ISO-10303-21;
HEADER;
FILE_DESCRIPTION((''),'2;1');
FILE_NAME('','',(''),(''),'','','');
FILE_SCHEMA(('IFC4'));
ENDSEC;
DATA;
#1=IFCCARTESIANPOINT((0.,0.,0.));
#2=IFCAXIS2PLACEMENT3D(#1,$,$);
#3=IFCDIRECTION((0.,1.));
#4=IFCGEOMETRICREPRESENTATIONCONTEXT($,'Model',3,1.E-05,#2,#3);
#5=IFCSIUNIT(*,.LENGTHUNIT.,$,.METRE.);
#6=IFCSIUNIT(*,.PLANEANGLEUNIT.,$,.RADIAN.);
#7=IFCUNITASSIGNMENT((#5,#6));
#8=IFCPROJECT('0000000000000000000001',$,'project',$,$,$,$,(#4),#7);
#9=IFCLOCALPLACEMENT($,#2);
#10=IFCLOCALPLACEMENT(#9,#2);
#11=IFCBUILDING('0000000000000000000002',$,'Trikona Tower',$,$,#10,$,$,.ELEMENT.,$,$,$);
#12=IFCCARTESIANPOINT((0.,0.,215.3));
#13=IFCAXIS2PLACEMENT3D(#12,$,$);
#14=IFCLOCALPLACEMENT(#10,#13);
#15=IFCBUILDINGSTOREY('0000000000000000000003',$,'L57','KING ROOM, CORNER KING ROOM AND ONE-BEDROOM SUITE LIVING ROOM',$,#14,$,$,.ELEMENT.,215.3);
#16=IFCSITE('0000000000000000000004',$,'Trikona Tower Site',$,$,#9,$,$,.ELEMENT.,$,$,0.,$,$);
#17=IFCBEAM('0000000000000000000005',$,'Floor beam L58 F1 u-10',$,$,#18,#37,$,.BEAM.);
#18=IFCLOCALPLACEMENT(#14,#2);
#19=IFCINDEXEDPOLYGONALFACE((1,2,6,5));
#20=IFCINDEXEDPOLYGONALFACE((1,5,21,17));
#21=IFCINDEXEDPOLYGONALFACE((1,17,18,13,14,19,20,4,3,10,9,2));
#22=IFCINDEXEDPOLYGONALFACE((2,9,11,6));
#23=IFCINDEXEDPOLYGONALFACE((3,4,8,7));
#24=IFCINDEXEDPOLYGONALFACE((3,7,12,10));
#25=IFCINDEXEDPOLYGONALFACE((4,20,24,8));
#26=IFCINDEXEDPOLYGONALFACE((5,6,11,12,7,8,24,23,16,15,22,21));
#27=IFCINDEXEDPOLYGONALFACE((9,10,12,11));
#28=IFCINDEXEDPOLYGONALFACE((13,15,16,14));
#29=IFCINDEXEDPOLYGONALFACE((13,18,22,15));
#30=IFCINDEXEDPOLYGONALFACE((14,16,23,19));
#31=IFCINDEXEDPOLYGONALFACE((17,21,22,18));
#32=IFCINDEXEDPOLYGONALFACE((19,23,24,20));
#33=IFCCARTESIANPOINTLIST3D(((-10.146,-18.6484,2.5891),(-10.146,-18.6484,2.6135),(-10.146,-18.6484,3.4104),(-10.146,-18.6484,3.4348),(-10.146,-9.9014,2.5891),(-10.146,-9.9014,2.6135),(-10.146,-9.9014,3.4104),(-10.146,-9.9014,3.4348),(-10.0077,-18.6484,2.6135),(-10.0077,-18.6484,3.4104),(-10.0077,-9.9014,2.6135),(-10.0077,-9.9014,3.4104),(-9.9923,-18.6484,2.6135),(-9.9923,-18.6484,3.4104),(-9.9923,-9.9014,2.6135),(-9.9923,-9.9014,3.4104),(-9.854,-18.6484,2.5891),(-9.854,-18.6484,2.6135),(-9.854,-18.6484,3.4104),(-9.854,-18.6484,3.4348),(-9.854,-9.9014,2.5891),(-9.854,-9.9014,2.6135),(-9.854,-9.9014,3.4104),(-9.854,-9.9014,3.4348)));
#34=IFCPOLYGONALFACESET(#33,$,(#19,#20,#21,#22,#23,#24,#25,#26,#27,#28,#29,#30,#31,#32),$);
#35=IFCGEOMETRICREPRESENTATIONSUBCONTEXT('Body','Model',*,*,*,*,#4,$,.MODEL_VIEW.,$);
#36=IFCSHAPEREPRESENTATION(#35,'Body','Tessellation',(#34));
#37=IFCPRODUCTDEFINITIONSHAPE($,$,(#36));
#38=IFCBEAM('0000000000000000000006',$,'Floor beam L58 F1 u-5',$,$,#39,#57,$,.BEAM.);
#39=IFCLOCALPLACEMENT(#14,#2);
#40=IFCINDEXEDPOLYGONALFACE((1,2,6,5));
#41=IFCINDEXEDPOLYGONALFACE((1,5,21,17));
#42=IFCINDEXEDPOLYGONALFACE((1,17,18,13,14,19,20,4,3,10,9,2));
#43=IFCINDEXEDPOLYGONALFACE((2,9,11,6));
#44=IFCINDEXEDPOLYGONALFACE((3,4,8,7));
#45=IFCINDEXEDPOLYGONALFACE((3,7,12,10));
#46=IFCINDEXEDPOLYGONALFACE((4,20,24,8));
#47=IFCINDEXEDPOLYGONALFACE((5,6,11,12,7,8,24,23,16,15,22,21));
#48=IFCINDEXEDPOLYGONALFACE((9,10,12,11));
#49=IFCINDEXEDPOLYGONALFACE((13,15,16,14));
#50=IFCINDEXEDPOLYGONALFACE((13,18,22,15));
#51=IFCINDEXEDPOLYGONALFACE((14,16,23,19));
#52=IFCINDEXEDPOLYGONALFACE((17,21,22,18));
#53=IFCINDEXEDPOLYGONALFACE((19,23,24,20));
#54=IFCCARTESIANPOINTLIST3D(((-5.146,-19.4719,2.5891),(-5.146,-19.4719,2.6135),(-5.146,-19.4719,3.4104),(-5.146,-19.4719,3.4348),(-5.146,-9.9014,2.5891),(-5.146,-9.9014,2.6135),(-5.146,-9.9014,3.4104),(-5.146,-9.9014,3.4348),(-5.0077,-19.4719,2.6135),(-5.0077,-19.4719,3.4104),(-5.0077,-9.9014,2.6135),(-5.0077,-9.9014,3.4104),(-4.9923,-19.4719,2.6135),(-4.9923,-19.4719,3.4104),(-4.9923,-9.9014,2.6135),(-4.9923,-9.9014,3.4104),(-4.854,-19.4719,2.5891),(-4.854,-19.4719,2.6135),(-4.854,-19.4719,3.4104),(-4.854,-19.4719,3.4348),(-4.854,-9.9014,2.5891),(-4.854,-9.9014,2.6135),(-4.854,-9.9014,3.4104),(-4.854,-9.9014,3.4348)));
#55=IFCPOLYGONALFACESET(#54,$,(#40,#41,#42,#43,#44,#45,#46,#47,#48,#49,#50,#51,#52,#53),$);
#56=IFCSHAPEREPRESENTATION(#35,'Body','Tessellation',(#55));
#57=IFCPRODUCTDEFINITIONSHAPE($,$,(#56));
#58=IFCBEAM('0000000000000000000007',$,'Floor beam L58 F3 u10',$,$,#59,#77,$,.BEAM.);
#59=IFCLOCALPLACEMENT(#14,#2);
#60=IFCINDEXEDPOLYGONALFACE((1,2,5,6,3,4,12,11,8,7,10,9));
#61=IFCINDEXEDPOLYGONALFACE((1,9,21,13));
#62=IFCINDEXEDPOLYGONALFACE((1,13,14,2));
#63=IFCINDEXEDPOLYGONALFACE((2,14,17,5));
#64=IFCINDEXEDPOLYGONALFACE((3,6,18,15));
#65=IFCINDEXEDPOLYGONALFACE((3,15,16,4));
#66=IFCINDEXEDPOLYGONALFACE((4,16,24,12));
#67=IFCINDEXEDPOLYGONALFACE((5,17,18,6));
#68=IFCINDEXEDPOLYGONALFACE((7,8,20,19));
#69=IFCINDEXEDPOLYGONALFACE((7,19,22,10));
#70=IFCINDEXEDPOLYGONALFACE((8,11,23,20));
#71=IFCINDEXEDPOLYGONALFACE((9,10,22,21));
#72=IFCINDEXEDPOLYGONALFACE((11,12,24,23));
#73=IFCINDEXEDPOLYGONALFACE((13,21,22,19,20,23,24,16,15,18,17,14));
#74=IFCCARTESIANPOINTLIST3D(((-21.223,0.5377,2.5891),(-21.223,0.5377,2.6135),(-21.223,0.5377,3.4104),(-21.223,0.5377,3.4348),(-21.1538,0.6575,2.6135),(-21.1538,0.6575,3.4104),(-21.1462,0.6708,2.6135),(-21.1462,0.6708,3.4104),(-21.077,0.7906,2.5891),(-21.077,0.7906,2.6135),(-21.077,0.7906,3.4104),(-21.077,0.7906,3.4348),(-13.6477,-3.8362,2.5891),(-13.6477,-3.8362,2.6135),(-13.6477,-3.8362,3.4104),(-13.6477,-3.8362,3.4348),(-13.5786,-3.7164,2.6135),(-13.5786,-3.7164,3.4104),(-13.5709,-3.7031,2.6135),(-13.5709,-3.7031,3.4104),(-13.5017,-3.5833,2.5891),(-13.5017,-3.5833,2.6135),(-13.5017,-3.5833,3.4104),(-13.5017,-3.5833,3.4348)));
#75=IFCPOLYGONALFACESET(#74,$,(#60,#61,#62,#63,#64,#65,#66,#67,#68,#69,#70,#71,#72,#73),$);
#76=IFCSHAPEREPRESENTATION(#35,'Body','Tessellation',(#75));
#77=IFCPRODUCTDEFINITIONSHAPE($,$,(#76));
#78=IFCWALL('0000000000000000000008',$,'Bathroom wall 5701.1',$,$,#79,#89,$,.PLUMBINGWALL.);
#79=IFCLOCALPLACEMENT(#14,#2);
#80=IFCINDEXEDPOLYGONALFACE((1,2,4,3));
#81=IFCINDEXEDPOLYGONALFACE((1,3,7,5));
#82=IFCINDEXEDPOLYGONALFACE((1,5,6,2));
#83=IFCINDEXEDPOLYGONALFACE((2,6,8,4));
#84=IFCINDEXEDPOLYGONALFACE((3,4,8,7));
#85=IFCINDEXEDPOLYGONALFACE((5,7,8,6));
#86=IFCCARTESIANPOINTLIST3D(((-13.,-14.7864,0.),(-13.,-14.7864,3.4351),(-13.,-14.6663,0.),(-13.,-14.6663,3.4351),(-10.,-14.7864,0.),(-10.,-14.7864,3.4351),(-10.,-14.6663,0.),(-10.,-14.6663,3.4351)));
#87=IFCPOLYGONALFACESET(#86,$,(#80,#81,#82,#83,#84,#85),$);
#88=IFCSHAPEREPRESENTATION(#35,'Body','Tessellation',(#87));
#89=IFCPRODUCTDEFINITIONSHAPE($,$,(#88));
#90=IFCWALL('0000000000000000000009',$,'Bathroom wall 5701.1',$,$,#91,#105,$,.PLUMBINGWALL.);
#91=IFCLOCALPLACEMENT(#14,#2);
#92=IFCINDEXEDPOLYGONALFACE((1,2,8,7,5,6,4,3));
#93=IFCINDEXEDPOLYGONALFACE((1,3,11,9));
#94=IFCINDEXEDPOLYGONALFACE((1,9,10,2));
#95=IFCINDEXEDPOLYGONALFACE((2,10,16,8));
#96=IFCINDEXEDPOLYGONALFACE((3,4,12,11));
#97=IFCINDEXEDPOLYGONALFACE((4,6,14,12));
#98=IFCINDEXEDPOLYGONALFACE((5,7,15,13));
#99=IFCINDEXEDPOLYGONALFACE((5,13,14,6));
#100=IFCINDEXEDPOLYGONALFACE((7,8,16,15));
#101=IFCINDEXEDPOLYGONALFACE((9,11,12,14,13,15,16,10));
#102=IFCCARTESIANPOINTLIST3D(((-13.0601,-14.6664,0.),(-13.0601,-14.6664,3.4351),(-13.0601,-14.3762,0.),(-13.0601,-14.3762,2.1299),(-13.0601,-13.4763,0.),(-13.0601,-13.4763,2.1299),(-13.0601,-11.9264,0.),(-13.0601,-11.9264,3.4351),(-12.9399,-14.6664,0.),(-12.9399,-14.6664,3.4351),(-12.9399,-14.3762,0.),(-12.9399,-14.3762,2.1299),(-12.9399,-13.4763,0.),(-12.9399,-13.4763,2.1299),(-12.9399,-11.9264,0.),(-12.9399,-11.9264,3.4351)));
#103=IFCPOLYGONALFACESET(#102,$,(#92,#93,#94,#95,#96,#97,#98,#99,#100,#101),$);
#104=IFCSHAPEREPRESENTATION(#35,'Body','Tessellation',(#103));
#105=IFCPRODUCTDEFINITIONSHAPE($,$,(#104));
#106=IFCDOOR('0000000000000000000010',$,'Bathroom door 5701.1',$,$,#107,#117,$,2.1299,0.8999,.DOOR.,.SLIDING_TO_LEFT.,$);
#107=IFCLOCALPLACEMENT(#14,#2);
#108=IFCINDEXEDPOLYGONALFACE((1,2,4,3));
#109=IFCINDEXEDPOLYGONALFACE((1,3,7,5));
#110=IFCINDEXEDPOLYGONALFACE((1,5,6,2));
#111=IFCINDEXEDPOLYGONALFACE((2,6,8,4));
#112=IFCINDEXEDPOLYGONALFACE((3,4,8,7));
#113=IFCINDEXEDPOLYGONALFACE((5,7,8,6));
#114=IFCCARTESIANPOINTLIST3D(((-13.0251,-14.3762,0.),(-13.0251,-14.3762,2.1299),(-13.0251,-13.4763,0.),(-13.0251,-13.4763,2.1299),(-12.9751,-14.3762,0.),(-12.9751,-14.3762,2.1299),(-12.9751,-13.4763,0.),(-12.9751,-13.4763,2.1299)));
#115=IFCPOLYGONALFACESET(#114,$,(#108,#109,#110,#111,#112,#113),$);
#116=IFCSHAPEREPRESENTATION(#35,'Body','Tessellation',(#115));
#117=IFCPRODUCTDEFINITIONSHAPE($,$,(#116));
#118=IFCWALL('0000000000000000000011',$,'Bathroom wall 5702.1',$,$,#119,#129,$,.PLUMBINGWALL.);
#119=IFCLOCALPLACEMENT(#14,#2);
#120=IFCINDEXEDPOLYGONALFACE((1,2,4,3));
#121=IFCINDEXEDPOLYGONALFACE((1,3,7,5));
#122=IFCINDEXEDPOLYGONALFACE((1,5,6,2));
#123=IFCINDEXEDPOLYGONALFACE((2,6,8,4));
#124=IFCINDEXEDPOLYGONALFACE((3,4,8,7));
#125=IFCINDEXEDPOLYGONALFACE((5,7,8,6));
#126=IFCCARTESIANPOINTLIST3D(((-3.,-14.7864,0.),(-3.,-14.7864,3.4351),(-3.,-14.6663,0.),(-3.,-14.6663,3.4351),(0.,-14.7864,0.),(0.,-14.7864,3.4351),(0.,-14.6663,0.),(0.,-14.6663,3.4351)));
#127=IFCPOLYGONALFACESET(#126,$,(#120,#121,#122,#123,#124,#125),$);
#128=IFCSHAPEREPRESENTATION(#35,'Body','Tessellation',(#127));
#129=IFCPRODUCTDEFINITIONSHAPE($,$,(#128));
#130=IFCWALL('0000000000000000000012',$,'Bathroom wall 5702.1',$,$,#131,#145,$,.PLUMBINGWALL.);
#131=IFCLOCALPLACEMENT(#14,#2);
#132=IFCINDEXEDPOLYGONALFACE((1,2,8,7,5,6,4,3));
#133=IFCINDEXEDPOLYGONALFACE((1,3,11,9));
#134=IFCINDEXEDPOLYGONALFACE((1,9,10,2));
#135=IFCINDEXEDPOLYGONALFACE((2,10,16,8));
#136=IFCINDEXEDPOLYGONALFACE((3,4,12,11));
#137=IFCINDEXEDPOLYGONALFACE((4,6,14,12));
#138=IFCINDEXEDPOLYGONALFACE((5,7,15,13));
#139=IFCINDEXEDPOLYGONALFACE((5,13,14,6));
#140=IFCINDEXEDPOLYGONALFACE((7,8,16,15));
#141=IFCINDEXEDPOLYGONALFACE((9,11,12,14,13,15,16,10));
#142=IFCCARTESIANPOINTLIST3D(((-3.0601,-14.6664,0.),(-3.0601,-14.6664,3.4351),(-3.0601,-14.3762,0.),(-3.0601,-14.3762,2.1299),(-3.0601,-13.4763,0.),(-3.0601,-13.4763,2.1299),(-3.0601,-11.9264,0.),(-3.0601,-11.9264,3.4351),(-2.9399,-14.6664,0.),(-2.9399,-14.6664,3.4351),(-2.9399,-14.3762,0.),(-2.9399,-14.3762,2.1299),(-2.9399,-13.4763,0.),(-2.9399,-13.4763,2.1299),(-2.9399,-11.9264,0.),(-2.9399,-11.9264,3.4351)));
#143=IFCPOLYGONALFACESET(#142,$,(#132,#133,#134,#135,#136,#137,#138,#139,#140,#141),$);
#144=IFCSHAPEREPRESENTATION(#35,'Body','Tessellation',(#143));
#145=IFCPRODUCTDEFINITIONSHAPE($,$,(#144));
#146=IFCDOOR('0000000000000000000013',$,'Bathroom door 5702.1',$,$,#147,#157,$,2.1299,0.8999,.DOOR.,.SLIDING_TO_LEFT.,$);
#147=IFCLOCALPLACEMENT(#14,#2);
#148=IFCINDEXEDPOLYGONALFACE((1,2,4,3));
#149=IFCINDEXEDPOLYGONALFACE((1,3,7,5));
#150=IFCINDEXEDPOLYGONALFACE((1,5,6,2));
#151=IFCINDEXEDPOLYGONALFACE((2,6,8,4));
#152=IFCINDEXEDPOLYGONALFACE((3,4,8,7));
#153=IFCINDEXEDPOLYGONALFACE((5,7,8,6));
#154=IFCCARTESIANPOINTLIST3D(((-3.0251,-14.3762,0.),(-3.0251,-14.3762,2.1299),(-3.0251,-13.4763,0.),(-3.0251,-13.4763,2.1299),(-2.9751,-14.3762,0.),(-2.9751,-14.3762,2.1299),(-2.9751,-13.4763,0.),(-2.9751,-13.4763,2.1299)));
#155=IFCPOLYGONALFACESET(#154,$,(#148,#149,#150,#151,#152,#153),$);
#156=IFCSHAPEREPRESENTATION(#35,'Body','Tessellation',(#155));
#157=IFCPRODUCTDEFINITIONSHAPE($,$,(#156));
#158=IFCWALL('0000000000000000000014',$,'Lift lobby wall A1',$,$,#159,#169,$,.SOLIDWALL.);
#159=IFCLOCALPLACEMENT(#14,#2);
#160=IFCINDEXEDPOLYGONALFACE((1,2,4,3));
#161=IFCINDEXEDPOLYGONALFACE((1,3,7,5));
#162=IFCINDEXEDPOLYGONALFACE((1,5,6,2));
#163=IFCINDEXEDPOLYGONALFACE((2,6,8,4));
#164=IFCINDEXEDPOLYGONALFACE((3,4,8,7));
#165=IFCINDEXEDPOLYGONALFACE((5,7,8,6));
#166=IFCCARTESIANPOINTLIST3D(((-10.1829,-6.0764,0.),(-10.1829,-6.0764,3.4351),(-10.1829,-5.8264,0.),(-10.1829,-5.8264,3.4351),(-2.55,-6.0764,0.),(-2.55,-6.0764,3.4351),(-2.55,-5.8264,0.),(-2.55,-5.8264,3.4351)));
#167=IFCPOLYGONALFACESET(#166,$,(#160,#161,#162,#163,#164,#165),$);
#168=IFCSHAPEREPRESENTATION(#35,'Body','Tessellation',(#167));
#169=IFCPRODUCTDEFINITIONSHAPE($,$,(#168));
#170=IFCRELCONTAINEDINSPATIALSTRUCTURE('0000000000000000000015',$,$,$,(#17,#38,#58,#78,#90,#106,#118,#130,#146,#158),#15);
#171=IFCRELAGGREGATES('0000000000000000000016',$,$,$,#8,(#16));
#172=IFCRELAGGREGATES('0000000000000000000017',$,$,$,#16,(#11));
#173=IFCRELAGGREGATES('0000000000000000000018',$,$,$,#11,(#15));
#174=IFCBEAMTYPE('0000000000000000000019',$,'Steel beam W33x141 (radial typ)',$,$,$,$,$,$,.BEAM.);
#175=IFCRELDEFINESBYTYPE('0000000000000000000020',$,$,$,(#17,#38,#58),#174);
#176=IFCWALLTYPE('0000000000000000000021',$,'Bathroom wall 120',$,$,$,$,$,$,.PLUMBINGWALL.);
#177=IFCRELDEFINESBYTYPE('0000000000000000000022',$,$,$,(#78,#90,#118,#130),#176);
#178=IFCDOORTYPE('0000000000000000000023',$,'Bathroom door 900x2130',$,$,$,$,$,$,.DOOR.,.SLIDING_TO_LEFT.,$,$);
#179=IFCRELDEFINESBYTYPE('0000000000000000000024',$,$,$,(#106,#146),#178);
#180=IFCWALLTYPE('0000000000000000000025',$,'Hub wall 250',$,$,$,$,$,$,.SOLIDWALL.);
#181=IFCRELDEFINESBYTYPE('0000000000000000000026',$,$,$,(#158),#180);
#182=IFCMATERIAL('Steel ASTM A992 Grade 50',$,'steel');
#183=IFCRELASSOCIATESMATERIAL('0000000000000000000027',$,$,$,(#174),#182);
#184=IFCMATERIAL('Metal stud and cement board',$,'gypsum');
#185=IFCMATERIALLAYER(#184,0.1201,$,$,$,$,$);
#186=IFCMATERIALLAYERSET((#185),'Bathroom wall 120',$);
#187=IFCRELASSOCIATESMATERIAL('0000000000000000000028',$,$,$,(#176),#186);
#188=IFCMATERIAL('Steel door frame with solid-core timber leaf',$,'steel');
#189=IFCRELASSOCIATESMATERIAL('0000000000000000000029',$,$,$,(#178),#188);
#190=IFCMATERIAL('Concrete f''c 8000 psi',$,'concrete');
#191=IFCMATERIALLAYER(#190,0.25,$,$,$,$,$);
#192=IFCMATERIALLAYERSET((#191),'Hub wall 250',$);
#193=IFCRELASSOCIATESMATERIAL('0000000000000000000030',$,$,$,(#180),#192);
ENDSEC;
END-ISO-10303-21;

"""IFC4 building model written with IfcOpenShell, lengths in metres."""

from ifc_helpers import new_model, si_unit, direction, frame, frame_2d, origin, origin_2d, place, context, subcontext, project, spatial, rectangle, i_section, extrude, material, layer, layer_set, material_profile, profile_set, type_object, element, fill, save


model = new_model("IFC4")

# Units and contexts
model_context = context("Model", 3, precision=1e-05, world=origin(), true_north=direction((0.0, 1.0)))
body_context = subcontext(model_context, "Body", "Model", "MODEL_VIEW")
ifc_project = project(units=[si_unit("LENGTHUNIT", "METRE"), si_unit("PLANEANGLEUNIT", "RADIAN")], contexts=[model_context])

# Site, building, storey
site_placement = place(None, origin())
site = spatial("IfcSite", under=ifc_project, at=site_placement, Name="Trikona Tower Site", CompositionType="ELEMENT", RefElevation=0.0)
building_placement = place(site_placement, origin())
building = spatial("IfcBuilding", under=site, at=building_placement, Name="Trikona Tower", CompositionType="ELEMENT")
storey_placement = place(building_placement, frame((0.0, 0.0, 215.3)))
storey = spatial("IfcBuildingStorey", under=building, at=storey_placement, Name="L57", Description="KING ROOM, CORNER KING ROOM AND ONE-BEDROOM SUITE LIVING ROOM", CompositionType="ELEMENT", Elevation=215.3)

# Beams
ifc_material_1 = material(Name="Steel ASTM A992 Grade 50", Category="steel")
ifc_material_profile = material_profile(ifc_material_1, i_section(OverallWidth=0.292, OverallDepth=0.8457, WebThickness=0.0154, FlangeThickness=0.0244, at=origin_2d()), Name="W33X141")
ifc_profile_set = profile_set([ifc_material_profile], Name="Steel ASTM A992 Grade 50")
beam_type = type_object("IfcBeamType", Name="Steel beam W33x141 (radial typ)", PredefinedType="BEAM", material=ifc_profile_set)
beam_1_placement = place(storey_placement, frame((-10.0, -9.9014, 3.012), z_axis=(0.0, -1.0, 0.0), x_axis=(1.0, 0.0, 0.0)))
element("IfcBeam", 1, at=beam_1_placement, inside=storey, type_object=beam_type, Name="Floor beam L58 F1 u-10", PredefinedType="BEAM", context=body_context, shape_type="SweptSolid", body=[
    extrude(i_section(OverallWidth=0.292, OverallDepth=0.8457, WebThickness=0.0154, FlangeThickness=0.0244, at=origin_2d()), origin(), (0.0, 0.0, 1.0), 8.7471),
])
beam_2_placement = place(storey_placement, frame((-5.0, -9.9014, 3.012), z_axis=(0.0, -1.0, 0.0), x_axis=(1.0, 0.0, 0.0)))
element("IfcBeam", 2, at=beam_2_placement, inside=storey, type_object=beam_type, Name="Floor beam L58 F1 u-5", PredefinedType="BEAM", context=body_context, shape_type="SweptSolid", body=[
    extrude(i_section(OverallWidth=0.292, OverallDepth=0.8457, WebThickness=0.0154, FlangeThickness=0.0244, at=origin_2d()), origin(), (0.0, 0.0, 1.0), 9.5706),
])
beam_3_placement = place(storey_placement, frame((-13.5747, -3.7097, 3.012), z_axis=(-0.866014, 0.50002, 0.0), x_axis=(-0.50002, -0.866014, 0.0)))
element("IfcBeam", 3, at=beam_3_placement, inside=storey, type_object=beam_type, Name="Floor beam L58 F3 u10", PredefinedType="BEAM", context=body_context, shape_type="SweptSolid", body=[
    extrude(i_section(OverallWidth=0.292, OverallDepth=0.8457, WebThickness=0.0154, FlangeThickness=0.0244, at=origin_2d()), origin(), (0.0, 0.0, 1.0), 8.7473),
])

# Wall
ifc_material_2 = material(Name="Metal stud and cement board", Category="gypsum")
ifc_layer_1 = layer(ifc_material_2, 0.1201)
ifc_layer_set_1 = layer_set([ifc_layer_1], Name="Bathroom wall 120")
wall_type_1 = type_object("IfcWallType", Name="Bathroom wall 120", PredefinedType="PLUMBINGWALL", material=ifc_layer_set_1)
wall_1_placement = place(storey_placement, frame((-13.0, -14.7263, 0.0), z_axis=(0.0, 0.0, 1.0), x_axis=(1.0, 0.0, 0.0)))
element("IfcWall", 4, at=wall_1_placement, inside=storey, type_object=wall_type_1, Name="Bathroom wall 5701.1", PredefinedType="PLUMBINGWALL", context=body_context, shape_type="SweptSolid", body=[
    extrude(rectangle(XDim=3.0, YDim=0.1201, at=frame_2d((1.5, 0.0))), origin(), (0.0, 0.0, 1.0), 3.4351),
])

# Wall, opening, door
wall_2_placement = place(storey_placement, frame((-13.0, -11.9263, 0.0), z_axis=(0.0, 0.0, 1.0), x_axis=(0.0, -1.0, 0.0)))
wall_2 = element("IfcWall", 5, at=wall_2_placement, inside=storey, type_object=wall_type_1, Name="Bathroom wall 5701.1", PredefinedType="PLUMBINGWALL", context=body_context, shape_type="SweptSolid", body=[
    extrude(rectangle(XDim=2.74, YDim=0.1201, at=frame_2d((1.3701, 0.0))), origin(), (0.0, 0.0, 1.0), 3.4351),
])
opening_1_placement = place(wall_2_placement, frame((1.55, 0.0, 0.0)))
opening_1 = element("IfcOpeningElement", 6, at=opening_1_placement, cuts=wall_2, PredefinedType="OPENING", context=body_context, shape_type="SweptSolid", body=[
    extrude(rectangle(XDim=0.8999, YDim=2.1299, at=frame_2d((0.45, 1.0649))), frame((0.0, 0.0701, 0.0), z_axis=(0.0, -1.0, 0.0), x_axis=(1.0, 0.0, 0.0)), (0.0, 0.0, 1.0), 0.1401),
])
ifc_material_3 = material(Name="Steel door frame with solid-core timber leaf", Category="steel")
door_type_1 = type_object("IfcDoorType", Name="Bathroom door 900x2130", OperationType="SLIDING_TO_LEFT", PredefinedType="DOOR", material=ifc_material_3)
door_1_placement = place(opening_1_placement, origin())
door_1 = element("IfcDoor", 7, at=door_1_placement, inside=storey, type_object=door_type_1, Name="Bathroom door 5701.1", OperationType="SLIDING_TO_LEFT", OverallHeight=2.1299, OverallWidth=0.8999, PredefinedType="DOOR", context=body_context, shape_type="SweptSolid", body=[
    extrude(rectangle(XDim=0.8999, YDim=2.1299, at=frame_2d((0.45, 1.0649))), frame((0.0, 0.0249, 0.0), z_axis=(0.0, -1.0, 0.0), x_axis=(1.0, 0.0, 0.0)), (0.0, 0.0, 1.0), 0.05),
])
fill(opening_1, door_1)

# Wall
wall_3_placement = place(storey_placement, frame((-3.0, -14.7263, 0.0), z_axis=(0.0, 0.0, 1.0), x_axis=(1.0, 0.0, 0.0)))
element("IfcWall", 8, at=wall_3_placement, inside=storey, type_object=wall_type_1, Name="Bathroom wall 5702.1", PredefinedType="PLUMBINGWALL", context=body_context, shape_type="SweptSolid", body=[
    extrude(rectangle(XDim=3.0, YDim=0.1201, at=frame_2d((1.5, 0.0))), origin(), (0.0, 0.0, 1.0), 3.4351),
])

# Wall, opening, door
wall_4_placement = place(storey_placement, frame((-3.0, -11.9263, 0.0), z_axis=(0.0, 0.0, 1.0), x_axis=(0.0, -1.0, 0.0)))
wall_4 = element("IfcWall", 9, at=wall_4_placement, inside=storey, type_object=wall_type_1, Name="Bathroom wall 5702.1", PredefinedType="PLUMBINGWALL", context=body_context, shape_type="SweptSolid", body=[
    extrude(rectangle(XDim=2.74, YDim=0.1201, at=frame_2d((1.3701, 0.0))), origin(), (0.0, 0.0, 1.0), 3.4351),
])
opening_2_placement = place(wall_4_placement, frame((1.55, 0.0, 0.0)))
opening_2 = element("IfcOpeningElement", 10, at=opening_2_placement, cuts=wall_4, PredefinedType="OPENING", context=body_context, shape_type="SweptSolid", body=[
    extrude(rectangle(XDim=0.8999, YDim=2.1299, at=frame_2d((0.45, 1.0649))), frame((0.0, 0.0701, 0.0), z_axis=(0.0, -1.0, 0.0), x_axis=(1.0, 0.0, 0.0)), (0.0, 0.0, 1.0), 0.1401),
])
door_2_placement = place(opening_2_placement, origin())
door_2 = element("IfcDoor", 11, at=door_2_placement, inside=storey, type_object=door_type_1, Name="Bathroom door 5702.1", OperationType="SLIDING_TO_LEFT", OverallHeight=2.1299, OverallWidth=0.8999, PredefinedType="DOOR", context=body_context, shape_type="SweptSolid", body=[
    extrude(rectangle(XDim=0.8999, YDim=2.1299, at=frame_2d((0.45, 1.0649))), frame((0.0, 0.0249, 0.0), z_axis=(0.0, -1.0, 0.0), x_axis=(1.0, 0.0, 0.0)), (0.0, 0.0, 1.0), 0.05),
])
fill(opening_2, door_2)

# Wall
ifc_material_4 = material(Name="Concrete f'c 8000 psi", Category="concrete")
ifc_layer_2 = layer(ifc_material_4, 0.25)
ifc_layer_set_2 = layer_set([ifc_layer_2], Name="Hub wall 250")
wall_type_2 = type_object("IfcWallType", Name="Hub wall 250", PredefinedType="SOLIDWALL", material=ifc_layer_set_2)
wall_5_placement = place(storey_placement, frame((-10.1829, -5.9514, 0.0), z_axis=(0.0, 0.0, 1.0), x_axis=(1.0, 0.0, 0.0)))
element("IfcWall", 12, at=wall_5_placement, inside=storey, type_object=wall_type_2, Name="Lift lobby wall A1", PredefinedType="SOLIDWALL", context=body_context, shape_type="SweptSolid", body=[
    extrude(rectangle(XDim=7.6328, YDim=0.25, at=frame_2d((3.8164, 0.0))), origin(), (0.0, 0.0, 1.0), 3.4351),
])

save(model, "model.ifc")
